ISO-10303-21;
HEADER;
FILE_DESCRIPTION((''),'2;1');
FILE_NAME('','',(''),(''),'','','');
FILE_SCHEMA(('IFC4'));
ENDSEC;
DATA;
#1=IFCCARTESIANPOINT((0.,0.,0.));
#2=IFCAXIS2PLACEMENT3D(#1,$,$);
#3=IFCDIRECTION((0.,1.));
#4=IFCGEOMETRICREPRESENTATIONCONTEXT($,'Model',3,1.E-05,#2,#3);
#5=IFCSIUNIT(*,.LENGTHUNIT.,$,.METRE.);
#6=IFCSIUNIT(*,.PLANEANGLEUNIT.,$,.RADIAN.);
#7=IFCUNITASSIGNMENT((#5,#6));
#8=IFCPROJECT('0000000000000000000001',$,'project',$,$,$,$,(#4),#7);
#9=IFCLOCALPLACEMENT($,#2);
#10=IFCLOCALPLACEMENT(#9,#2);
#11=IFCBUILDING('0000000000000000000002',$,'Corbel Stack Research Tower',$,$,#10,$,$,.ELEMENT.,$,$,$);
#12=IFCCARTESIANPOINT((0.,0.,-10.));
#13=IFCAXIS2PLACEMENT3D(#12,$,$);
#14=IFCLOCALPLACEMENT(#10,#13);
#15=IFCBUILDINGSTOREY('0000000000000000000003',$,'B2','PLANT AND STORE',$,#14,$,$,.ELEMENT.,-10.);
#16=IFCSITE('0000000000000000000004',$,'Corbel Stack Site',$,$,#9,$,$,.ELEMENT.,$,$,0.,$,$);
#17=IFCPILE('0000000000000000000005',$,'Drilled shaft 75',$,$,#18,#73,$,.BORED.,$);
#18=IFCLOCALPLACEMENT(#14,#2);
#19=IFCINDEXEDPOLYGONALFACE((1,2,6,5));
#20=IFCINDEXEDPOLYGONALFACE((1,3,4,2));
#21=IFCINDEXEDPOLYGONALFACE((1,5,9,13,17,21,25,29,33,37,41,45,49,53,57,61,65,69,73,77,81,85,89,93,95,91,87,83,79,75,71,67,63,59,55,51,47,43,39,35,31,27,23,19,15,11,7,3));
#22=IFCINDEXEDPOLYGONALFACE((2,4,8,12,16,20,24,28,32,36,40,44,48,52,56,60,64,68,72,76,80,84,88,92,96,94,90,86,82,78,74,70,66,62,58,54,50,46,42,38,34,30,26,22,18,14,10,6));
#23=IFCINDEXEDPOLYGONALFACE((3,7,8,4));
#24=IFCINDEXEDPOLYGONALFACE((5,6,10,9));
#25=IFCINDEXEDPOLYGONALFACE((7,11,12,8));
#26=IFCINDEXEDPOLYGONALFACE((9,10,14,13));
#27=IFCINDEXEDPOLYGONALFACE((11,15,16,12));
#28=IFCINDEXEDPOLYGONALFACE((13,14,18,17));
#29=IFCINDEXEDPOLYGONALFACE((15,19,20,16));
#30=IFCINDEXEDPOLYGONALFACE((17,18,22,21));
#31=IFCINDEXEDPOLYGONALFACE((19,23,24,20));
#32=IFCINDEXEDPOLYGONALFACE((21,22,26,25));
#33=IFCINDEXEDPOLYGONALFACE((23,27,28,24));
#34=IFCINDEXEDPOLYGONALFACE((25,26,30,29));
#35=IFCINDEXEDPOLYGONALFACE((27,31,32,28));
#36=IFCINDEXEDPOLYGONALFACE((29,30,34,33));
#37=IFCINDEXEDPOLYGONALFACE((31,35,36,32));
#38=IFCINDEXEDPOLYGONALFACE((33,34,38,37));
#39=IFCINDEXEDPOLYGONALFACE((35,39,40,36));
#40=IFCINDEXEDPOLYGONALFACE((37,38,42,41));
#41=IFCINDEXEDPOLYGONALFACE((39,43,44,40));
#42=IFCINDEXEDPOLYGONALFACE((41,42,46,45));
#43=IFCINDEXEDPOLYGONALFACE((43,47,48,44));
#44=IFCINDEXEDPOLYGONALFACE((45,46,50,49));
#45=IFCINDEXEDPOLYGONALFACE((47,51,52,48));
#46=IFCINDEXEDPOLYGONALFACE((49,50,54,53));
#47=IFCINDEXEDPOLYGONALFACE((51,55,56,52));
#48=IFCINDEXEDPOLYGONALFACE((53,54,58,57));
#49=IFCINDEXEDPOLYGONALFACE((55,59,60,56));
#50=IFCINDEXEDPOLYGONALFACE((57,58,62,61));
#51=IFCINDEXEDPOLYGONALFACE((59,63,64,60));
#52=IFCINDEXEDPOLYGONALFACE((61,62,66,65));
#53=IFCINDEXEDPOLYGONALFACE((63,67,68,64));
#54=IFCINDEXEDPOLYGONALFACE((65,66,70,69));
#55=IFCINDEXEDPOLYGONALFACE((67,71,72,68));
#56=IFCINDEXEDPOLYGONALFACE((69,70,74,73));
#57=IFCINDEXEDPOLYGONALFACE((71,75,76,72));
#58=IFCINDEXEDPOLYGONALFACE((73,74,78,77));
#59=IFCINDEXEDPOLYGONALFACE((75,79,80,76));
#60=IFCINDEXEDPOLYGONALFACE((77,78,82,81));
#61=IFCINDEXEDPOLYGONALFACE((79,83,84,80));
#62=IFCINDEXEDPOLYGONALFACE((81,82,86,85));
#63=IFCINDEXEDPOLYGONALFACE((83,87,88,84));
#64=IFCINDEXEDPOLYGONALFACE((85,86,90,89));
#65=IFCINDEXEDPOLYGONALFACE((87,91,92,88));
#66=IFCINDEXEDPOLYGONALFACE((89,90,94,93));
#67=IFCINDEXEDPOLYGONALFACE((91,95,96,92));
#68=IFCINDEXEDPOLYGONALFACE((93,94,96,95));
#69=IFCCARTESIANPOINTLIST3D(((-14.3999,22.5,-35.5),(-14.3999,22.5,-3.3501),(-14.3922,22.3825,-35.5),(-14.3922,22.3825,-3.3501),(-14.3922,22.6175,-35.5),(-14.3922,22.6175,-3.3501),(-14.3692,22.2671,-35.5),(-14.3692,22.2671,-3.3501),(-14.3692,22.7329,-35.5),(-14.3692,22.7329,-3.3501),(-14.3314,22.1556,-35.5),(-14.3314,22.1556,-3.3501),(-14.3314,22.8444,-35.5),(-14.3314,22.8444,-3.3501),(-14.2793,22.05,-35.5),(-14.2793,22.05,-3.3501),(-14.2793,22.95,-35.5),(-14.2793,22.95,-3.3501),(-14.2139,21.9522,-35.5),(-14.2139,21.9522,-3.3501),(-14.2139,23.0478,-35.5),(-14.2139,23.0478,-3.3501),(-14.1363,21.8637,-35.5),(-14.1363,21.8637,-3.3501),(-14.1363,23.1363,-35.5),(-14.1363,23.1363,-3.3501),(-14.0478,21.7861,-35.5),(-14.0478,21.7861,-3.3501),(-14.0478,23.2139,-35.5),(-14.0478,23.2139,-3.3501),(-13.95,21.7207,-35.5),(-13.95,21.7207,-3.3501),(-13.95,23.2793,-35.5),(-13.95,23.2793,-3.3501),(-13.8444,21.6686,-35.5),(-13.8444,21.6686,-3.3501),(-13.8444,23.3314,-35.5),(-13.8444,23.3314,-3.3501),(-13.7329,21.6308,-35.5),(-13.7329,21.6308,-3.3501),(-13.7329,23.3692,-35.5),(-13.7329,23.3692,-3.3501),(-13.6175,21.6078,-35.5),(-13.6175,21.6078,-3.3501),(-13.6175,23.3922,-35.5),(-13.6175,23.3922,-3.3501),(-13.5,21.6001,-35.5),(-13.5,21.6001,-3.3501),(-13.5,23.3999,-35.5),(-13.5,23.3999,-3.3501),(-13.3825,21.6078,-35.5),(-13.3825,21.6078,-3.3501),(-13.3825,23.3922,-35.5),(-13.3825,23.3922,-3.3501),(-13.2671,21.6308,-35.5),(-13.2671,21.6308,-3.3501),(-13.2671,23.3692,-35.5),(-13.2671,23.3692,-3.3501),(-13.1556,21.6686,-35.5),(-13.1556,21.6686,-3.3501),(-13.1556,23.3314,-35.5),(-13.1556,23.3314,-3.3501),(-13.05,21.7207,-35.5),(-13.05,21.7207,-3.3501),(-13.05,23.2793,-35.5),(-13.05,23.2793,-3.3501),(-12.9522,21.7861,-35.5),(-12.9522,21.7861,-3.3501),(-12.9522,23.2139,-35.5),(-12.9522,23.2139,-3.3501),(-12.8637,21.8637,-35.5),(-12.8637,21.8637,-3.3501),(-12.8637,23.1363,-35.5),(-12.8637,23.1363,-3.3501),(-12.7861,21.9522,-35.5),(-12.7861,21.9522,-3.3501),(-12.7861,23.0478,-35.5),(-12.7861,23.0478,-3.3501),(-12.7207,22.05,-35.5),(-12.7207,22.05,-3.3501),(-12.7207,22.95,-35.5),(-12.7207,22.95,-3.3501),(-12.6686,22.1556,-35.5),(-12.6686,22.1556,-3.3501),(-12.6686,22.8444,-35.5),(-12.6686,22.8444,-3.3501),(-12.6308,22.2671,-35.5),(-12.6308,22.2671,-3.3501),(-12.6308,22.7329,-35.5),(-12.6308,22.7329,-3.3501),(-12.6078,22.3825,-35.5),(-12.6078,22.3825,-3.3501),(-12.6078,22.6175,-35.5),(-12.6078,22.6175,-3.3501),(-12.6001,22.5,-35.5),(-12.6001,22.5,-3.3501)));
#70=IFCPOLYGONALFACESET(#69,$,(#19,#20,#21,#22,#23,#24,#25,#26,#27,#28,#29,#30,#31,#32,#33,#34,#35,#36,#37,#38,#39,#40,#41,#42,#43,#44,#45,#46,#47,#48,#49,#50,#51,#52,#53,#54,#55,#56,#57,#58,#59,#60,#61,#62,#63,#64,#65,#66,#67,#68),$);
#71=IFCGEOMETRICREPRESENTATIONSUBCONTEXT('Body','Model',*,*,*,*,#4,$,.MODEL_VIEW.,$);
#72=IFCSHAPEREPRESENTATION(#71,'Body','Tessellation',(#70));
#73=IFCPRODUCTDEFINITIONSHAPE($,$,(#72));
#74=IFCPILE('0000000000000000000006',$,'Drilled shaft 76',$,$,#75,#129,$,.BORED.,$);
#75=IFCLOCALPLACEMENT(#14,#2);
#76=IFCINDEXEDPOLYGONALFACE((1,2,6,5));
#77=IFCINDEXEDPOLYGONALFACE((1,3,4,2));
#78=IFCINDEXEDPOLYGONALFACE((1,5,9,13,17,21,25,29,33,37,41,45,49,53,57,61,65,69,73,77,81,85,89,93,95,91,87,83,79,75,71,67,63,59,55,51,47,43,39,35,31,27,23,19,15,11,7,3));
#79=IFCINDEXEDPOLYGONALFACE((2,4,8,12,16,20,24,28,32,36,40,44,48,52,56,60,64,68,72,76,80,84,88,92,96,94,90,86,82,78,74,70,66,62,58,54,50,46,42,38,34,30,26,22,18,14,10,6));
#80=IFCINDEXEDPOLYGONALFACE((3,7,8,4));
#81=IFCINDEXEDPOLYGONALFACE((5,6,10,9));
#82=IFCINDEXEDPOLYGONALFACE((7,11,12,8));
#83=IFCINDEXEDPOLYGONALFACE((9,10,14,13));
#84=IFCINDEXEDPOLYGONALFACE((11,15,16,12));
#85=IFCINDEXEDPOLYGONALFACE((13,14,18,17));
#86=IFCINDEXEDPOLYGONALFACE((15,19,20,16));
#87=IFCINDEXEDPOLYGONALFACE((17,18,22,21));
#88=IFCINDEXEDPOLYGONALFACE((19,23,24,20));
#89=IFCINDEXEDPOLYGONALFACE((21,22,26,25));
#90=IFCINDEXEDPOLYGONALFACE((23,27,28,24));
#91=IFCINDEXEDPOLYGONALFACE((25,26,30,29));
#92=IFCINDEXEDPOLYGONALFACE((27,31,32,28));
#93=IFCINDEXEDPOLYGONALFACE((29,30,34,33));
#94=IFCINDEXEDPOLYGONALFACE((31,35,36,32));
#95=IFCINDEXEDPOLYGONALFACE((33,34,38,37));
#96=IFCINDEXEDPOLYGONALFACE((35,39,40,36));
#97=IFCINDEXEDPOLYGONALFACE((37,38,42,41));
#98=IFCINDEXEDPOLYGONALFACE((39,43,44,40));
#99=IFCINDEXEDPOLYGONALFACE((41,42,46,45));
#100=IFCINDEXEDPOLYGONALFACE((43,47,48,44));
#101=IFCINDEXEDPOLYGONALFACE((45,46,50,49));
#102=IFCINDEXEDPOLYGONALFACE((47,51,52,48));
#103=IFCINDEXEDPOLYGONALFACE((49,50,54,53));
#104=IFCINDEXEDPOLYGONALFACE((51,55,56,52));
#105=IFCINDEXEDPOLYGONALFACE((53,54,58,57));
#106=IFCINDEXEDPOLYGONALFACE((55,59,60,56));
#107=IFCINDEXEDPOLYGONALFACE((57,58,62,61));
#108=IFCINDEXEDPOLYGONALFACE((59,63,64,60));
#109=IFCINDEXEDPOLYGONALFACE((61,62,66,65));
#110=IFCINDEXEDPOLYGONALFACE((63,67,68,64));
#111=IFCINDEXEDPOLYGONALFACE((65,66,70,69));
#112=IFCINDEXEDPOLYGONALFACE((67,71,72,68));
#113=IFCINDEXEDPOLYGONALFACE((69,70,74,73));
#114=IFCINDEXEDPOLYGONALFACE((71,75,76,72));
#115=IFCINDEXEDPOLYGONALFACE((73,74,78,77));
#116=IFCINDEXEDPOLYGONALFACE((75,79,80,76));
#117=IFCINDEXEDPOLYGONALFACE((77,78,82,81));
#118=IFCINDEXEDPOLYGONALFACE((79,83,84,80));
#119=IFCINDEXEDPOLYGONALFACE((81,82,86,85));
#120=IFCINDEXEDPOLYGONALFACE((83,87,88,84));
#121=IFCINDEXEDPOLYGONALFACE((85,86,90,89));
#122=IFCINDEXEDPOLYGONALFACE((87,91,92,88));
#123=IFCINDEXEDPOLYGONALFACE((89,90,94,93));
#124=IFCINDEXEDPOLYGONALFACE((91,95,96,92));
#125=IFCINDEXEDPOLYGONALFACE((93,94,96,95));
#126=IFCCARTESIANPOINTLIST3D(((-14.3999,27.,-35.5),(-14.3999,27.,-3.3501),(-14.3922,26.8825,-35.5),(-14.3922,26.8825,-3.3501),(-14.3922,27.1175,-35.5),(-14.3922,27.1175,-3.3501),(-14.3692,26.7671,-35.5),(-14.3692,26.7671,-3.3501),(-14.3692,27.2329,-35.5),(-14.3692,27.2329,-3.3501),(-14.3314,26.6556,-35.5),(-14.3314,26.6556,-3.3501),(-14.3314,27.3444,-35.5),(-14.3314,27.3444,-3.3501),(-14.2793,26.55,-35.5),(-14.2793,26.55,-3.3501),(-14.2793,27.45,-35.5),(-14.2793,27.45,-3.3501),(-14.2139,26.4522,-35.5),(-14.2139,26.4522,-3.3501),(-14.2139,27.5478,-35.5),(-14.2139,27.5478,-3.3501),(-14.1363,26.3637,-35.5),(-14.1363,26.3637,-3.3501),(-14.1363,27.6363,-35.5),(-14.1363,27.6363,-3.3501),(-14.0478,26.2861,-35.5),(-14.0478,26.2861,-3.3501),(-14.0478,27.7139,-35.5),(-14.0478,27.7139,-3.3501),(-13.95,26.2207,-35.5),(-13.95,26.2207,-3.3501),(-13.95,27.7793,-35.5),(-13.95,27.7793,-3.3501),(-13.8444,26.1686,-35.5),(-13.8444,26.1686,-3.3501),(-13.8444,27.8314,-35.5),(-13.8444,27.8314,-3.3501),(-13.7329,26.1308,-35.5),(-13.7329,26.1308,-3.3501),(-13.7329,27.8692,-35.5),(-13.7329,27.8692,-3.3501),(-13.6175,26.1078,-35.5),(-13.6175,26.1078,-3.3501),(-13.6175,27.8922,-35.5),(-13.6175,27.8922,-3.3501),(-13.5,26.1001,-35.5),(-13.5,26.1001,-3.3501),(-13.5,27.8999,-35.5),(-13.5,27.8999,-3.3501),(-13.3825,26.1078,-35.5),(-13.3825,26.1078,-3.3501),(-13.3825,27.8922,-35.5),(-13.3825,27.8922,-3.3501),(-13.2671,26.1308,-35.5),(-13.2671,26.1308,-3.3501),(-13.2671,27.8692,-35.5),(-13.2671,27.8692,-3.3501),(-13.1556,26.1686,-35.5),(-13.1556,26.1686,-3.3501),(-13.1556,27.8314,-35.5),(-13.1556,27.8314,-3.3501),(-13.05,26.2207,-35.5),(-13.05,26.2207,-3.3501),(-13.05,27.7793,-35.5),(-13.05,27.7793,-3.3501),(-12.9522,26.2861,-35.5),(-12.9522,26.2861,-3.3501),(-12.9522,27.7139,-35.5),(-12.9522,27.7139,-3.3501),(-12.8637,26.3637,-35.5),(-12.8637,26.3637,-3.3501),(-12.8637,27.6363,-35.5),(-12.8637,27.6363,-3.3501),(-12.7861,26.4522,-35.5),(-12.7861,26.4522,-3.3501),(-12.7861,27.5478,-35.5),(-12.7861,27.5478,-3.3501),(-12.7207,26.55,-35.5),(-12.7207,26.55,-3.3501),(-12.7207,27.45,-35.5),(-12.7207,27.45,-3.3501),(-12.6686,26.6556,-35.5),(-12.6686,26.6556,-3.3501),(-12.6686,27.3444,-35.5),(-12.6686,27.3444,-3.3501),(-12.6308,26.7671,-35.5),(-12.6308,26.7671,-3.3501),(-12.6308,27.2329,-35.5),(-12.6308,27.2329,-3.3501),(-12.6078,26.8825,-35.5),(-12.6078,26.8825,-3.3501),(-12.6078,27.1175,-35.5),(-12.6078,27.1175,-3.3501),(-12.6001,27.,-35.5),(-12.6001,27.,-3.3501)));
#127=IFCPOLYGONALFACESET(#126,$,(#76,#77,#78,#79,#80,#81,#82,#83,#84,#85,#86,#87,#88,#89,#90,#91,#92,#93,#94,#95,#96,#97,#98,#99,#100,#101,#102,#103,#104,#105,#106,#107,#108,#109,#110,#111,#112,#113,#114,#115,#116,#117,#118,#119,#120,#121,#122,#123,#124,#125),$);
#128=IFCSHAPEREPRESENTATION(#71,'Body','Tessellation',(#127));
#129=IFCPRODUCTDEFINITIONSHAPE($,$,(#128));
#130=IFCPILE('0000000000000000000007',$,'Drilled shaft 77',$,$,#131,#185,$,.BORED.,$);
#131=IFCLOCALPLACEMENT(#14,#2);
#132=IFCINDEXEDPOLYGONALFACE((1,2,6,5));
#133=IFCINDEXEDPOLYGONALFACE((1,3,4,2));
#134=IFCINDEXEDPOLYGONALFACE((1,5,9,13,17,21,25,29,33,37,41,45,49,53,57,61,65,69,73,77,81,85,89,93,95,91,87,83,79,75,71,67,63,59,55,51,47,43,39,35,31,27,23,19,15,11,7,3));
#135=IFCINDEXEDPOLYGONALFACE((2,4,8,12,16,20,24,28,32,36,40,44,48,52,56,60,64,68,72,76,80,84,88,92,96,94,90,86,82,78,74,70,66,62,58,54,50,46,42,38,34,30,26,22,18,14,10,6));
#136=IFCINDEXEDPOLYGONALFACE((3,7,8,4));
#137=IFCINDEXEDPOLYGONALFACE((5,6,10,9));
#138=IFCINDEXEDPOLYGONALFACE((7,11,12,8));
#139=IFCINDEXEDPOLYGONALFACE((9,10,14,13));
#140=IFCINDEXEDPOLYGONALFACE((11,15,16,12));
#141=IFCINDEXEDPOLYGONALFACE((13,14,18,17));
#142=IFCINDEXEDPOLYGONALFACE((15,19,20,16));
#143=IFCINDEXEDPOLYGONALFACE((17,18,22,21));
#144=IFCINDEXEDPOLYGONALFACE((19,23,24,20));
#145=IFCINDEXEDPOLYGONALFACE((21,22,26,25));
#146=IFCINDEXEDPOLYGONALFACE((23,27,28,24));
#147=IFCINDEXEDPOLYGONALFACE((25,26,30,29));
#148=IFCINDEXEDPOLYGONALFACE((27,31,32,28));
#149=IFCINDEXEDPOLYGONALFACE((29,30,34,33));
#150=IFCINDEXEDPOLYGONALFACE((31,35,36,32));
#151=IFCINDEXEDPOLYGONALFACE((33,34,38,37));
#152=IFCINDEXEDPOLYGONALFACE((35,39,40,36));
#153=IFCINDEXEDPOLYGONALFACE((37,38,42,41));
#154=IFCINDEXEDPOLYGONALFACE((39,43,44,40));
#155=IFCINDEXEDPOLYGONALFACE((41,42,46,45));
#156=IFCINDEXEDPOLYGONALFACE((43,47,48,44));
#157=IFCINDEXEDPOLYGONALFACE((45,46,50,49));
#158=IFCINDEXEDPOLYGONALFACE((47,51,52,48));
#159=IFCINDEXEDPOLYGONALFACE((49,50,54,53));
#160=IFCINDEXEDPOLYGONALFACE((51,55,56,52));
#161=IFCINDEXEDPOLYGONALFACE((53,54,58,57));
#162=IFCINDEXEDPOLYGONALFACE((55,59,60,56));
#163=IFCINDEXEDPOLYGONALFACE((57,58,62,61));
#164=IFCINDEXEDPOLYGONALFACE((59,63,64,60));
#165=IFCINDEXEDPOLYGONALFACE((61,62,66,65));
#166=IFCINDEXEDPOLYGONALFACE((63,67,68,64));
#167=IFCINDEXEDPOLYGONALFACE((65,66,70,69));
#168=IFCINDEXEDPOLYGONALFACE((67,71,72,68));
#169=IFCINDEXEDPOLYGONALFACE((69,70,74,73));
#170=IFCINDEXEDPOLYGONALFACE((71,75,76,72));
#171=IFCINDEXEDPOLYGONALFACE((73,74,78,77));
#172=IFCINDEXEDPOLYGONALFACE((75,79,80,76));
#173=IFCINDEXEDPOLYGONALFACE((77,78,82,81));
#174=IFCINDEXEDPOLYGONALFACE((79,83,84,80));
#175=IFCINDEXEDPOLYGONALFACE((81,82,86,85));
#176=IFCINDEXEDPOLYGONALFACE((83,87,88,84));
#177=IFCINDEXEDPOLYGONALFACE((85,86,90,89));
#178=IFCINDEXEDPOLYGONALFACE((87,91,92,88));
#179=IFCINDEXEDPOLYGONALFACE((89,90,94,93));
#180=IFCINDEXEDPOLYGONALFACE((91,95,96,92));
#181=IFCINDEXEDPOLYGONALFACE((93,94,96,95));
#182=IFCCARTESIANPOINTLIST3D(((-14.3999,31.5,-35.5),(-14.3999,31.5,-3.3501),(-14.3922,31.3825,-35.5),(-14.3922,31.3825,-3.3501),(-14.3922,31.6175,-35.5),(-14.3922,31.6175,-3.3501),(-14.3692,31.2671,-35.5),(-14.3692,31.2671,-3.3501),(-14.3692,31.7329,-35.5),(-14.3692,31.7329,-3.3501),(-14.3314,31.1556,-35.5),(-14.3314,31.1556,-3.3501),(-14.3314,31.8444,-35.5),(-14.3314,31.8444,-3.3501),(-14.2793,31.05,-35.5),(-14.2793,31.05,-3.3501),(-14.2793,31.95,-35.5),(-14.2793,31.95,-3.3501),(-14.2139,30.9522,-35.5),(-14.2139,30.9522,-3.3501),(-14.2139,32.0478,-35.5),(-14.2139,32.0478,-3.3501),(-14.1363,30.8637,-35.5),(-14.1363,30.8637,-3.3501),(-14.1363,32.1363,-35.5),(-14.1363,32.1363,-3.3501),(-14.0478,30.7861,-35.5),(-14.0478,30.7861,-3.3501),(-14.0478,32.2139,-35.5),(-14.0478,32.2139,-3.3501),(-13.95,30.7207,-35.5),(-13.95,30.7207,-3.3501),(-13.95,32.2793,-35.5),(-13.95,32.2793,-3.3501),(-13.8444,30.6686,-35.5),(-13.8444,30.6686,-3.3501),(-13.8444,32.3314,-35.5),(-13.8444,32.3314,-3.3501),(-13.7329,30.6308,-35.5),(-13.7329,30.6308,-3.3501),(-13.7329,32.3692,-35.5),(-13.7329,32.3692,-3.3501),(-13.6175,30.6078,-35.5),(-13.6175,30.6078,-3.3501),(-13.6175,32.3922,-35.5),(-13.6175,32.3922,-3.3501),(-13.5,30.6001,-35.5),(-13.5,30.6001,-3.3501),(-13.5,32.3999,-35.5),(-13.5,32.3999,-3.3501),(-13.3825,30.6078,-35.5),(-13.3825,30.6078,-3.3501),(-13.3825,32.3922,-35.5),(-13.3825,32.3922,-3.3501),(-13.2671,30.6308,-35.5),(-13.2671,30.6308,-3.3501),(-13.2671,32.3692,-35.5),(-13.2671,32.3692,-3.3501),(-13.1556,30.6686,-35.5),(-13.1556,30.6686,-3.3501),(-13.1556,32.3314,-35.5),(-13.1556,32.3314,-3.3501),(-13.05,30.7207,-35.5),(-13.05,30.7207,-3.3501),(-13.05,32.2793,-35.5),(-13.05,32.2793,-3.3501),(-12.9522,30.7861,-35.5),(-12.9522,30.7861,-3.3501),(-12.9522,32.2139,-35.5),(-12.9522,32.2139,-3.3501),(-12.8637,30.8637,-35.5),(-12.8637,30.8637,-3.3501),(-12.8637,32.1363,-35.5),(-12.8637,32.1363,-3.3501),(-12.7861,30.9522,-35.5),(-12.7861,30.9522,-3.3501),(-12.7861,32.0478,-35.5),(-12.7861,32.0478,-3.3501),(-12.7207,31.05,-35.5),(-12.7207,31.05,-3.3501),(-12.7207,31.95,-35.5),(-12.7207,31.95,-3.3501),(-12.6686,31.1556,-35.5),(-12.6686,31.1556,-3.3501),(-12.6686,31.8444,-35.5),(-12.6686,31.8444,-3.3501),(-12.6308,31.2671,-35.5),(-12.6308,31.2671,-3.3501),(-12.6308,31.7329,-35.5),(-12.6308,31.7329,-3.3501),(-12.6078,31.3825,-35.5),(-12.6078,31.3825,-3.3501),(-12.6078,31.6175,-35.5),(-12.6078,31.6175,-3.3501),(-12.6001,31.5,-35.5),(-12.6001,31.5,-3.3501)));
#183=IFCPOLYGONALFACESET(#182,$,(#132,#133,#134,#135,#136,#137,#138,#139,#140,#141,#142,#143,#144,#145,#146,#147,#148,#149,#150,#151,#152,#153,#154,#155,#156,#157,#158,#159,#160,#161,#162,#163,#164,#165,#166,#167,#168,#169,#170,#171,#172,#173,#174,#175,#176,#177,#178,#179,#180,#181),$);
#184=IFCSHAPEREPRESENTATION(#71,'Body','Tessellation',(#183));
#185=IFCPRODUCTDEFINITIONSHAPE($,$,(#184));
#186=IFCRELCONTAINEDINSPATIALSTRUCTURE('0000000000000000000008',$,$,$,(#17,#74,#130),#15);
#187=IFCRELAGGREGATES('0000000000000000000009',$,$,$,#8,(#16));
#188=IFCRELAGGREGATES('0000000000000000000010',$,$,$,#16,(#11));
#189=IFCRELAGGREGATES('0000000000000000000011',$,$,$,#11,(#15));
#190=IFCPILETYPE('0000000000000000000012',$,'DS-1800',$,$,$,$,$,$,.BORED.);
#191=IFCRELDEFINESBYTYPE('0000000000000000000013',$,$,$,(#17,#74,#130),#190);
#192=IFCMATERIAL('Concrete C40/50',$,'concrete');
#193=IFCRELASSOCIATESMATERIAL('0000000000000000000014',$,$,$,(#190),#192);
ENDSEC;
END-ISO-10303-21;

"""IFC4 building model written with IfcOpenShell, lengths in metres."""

from ifc_helpers import new_model, si_unit, direction, frame, origin, origin_2d, place, context, subcontext, project, spatial, circle, extrude, material, material_profile, profile_set, type_object, element, save


model = new_model("IFC4")

# Units and contexts
model_context = context("Model", 3, precision=1e-05, world=origin(), true_north=direction((0.0, 1.0)))
body_context = subcontext(model_context, "Body", "Model", "MODEL_VIEW")
ifc_project = project(units=[si_unit("LENGTHUNIT", "METRE"), si_unit("PLANEANGLEUNIT", "RADIAN")], contexts=[model_context])

# Site, building, storey
site_placement = place(None, origin())
site = spatial("IfcSite", under=ifc_project, at=site_placement, Name="Corbel Stack Site", CompositionType="ELEMENT", RefElevation=0.0)
building_placement = place(site_placement, origin())
building = spatial("IfcBuilding", under=site, at=building_placement, Name="Corbel Stack Research Tower", CompositionType="ELEMENT")
storey_placement = place(building_placement, frame((0.0, 0.0, -10.0)))
storey = spatial("IfcBuildingStorey", under=building, at=storey_placement, Name="B2", Description="PLANT AND STORE", CompositionType="ELEMENT", Elevation=-10.0)

# Piles
ifc_material_1 = material(Name="Concrete C40/50", Category="concrete")
ifc_material_profile_1 = material_profile(ifc_material_1, circle(Radius=0.8999, at=origin_2d()), Name="Shaft 1800")
ifc_profile_set_1 = profile_set([ifc_material_profile_1], Name="Concrete C40/50")
pile_type = type_object("IfcPileType", Name="DS-1800", PredefinedType="BORED", material=ifc_profile_set_1)
for number, where, z_axis, x_axis, name in (
    (1, (-13.5, 22.5, -3.3501), (0.0, 0.0, -1.0), (1.0, 0.0, 0.0), "Drilled shaft 75"),
    (2, (-13.5, 27.0, -3.3501), (0.0, 0.0, -1.0), (1.0, 0.0, 0.0), "Drilled shaft 76"),
    (3, (-13.5, 31.5, -3.3501), (0.0, 0.0, -1.0), (1.0, 0.0, 0.0), "Drilled shaft 77"),
):
    element("IfcPile", number, at=place(storey_placement, frame(where, z_axis=z_axis, x_axis=x_axis)), inside=storey, type_object=pile_type, Name=name, PredefinedType="BORED", context=body_context, shape_type="SweptSolid", body=[
        extrude(circle(Radius=0.8999, at=origin_2d()), origin(), (0.0, 0.0, 1.0), 32.1499),
    ])

save(model, "model.ifc")
